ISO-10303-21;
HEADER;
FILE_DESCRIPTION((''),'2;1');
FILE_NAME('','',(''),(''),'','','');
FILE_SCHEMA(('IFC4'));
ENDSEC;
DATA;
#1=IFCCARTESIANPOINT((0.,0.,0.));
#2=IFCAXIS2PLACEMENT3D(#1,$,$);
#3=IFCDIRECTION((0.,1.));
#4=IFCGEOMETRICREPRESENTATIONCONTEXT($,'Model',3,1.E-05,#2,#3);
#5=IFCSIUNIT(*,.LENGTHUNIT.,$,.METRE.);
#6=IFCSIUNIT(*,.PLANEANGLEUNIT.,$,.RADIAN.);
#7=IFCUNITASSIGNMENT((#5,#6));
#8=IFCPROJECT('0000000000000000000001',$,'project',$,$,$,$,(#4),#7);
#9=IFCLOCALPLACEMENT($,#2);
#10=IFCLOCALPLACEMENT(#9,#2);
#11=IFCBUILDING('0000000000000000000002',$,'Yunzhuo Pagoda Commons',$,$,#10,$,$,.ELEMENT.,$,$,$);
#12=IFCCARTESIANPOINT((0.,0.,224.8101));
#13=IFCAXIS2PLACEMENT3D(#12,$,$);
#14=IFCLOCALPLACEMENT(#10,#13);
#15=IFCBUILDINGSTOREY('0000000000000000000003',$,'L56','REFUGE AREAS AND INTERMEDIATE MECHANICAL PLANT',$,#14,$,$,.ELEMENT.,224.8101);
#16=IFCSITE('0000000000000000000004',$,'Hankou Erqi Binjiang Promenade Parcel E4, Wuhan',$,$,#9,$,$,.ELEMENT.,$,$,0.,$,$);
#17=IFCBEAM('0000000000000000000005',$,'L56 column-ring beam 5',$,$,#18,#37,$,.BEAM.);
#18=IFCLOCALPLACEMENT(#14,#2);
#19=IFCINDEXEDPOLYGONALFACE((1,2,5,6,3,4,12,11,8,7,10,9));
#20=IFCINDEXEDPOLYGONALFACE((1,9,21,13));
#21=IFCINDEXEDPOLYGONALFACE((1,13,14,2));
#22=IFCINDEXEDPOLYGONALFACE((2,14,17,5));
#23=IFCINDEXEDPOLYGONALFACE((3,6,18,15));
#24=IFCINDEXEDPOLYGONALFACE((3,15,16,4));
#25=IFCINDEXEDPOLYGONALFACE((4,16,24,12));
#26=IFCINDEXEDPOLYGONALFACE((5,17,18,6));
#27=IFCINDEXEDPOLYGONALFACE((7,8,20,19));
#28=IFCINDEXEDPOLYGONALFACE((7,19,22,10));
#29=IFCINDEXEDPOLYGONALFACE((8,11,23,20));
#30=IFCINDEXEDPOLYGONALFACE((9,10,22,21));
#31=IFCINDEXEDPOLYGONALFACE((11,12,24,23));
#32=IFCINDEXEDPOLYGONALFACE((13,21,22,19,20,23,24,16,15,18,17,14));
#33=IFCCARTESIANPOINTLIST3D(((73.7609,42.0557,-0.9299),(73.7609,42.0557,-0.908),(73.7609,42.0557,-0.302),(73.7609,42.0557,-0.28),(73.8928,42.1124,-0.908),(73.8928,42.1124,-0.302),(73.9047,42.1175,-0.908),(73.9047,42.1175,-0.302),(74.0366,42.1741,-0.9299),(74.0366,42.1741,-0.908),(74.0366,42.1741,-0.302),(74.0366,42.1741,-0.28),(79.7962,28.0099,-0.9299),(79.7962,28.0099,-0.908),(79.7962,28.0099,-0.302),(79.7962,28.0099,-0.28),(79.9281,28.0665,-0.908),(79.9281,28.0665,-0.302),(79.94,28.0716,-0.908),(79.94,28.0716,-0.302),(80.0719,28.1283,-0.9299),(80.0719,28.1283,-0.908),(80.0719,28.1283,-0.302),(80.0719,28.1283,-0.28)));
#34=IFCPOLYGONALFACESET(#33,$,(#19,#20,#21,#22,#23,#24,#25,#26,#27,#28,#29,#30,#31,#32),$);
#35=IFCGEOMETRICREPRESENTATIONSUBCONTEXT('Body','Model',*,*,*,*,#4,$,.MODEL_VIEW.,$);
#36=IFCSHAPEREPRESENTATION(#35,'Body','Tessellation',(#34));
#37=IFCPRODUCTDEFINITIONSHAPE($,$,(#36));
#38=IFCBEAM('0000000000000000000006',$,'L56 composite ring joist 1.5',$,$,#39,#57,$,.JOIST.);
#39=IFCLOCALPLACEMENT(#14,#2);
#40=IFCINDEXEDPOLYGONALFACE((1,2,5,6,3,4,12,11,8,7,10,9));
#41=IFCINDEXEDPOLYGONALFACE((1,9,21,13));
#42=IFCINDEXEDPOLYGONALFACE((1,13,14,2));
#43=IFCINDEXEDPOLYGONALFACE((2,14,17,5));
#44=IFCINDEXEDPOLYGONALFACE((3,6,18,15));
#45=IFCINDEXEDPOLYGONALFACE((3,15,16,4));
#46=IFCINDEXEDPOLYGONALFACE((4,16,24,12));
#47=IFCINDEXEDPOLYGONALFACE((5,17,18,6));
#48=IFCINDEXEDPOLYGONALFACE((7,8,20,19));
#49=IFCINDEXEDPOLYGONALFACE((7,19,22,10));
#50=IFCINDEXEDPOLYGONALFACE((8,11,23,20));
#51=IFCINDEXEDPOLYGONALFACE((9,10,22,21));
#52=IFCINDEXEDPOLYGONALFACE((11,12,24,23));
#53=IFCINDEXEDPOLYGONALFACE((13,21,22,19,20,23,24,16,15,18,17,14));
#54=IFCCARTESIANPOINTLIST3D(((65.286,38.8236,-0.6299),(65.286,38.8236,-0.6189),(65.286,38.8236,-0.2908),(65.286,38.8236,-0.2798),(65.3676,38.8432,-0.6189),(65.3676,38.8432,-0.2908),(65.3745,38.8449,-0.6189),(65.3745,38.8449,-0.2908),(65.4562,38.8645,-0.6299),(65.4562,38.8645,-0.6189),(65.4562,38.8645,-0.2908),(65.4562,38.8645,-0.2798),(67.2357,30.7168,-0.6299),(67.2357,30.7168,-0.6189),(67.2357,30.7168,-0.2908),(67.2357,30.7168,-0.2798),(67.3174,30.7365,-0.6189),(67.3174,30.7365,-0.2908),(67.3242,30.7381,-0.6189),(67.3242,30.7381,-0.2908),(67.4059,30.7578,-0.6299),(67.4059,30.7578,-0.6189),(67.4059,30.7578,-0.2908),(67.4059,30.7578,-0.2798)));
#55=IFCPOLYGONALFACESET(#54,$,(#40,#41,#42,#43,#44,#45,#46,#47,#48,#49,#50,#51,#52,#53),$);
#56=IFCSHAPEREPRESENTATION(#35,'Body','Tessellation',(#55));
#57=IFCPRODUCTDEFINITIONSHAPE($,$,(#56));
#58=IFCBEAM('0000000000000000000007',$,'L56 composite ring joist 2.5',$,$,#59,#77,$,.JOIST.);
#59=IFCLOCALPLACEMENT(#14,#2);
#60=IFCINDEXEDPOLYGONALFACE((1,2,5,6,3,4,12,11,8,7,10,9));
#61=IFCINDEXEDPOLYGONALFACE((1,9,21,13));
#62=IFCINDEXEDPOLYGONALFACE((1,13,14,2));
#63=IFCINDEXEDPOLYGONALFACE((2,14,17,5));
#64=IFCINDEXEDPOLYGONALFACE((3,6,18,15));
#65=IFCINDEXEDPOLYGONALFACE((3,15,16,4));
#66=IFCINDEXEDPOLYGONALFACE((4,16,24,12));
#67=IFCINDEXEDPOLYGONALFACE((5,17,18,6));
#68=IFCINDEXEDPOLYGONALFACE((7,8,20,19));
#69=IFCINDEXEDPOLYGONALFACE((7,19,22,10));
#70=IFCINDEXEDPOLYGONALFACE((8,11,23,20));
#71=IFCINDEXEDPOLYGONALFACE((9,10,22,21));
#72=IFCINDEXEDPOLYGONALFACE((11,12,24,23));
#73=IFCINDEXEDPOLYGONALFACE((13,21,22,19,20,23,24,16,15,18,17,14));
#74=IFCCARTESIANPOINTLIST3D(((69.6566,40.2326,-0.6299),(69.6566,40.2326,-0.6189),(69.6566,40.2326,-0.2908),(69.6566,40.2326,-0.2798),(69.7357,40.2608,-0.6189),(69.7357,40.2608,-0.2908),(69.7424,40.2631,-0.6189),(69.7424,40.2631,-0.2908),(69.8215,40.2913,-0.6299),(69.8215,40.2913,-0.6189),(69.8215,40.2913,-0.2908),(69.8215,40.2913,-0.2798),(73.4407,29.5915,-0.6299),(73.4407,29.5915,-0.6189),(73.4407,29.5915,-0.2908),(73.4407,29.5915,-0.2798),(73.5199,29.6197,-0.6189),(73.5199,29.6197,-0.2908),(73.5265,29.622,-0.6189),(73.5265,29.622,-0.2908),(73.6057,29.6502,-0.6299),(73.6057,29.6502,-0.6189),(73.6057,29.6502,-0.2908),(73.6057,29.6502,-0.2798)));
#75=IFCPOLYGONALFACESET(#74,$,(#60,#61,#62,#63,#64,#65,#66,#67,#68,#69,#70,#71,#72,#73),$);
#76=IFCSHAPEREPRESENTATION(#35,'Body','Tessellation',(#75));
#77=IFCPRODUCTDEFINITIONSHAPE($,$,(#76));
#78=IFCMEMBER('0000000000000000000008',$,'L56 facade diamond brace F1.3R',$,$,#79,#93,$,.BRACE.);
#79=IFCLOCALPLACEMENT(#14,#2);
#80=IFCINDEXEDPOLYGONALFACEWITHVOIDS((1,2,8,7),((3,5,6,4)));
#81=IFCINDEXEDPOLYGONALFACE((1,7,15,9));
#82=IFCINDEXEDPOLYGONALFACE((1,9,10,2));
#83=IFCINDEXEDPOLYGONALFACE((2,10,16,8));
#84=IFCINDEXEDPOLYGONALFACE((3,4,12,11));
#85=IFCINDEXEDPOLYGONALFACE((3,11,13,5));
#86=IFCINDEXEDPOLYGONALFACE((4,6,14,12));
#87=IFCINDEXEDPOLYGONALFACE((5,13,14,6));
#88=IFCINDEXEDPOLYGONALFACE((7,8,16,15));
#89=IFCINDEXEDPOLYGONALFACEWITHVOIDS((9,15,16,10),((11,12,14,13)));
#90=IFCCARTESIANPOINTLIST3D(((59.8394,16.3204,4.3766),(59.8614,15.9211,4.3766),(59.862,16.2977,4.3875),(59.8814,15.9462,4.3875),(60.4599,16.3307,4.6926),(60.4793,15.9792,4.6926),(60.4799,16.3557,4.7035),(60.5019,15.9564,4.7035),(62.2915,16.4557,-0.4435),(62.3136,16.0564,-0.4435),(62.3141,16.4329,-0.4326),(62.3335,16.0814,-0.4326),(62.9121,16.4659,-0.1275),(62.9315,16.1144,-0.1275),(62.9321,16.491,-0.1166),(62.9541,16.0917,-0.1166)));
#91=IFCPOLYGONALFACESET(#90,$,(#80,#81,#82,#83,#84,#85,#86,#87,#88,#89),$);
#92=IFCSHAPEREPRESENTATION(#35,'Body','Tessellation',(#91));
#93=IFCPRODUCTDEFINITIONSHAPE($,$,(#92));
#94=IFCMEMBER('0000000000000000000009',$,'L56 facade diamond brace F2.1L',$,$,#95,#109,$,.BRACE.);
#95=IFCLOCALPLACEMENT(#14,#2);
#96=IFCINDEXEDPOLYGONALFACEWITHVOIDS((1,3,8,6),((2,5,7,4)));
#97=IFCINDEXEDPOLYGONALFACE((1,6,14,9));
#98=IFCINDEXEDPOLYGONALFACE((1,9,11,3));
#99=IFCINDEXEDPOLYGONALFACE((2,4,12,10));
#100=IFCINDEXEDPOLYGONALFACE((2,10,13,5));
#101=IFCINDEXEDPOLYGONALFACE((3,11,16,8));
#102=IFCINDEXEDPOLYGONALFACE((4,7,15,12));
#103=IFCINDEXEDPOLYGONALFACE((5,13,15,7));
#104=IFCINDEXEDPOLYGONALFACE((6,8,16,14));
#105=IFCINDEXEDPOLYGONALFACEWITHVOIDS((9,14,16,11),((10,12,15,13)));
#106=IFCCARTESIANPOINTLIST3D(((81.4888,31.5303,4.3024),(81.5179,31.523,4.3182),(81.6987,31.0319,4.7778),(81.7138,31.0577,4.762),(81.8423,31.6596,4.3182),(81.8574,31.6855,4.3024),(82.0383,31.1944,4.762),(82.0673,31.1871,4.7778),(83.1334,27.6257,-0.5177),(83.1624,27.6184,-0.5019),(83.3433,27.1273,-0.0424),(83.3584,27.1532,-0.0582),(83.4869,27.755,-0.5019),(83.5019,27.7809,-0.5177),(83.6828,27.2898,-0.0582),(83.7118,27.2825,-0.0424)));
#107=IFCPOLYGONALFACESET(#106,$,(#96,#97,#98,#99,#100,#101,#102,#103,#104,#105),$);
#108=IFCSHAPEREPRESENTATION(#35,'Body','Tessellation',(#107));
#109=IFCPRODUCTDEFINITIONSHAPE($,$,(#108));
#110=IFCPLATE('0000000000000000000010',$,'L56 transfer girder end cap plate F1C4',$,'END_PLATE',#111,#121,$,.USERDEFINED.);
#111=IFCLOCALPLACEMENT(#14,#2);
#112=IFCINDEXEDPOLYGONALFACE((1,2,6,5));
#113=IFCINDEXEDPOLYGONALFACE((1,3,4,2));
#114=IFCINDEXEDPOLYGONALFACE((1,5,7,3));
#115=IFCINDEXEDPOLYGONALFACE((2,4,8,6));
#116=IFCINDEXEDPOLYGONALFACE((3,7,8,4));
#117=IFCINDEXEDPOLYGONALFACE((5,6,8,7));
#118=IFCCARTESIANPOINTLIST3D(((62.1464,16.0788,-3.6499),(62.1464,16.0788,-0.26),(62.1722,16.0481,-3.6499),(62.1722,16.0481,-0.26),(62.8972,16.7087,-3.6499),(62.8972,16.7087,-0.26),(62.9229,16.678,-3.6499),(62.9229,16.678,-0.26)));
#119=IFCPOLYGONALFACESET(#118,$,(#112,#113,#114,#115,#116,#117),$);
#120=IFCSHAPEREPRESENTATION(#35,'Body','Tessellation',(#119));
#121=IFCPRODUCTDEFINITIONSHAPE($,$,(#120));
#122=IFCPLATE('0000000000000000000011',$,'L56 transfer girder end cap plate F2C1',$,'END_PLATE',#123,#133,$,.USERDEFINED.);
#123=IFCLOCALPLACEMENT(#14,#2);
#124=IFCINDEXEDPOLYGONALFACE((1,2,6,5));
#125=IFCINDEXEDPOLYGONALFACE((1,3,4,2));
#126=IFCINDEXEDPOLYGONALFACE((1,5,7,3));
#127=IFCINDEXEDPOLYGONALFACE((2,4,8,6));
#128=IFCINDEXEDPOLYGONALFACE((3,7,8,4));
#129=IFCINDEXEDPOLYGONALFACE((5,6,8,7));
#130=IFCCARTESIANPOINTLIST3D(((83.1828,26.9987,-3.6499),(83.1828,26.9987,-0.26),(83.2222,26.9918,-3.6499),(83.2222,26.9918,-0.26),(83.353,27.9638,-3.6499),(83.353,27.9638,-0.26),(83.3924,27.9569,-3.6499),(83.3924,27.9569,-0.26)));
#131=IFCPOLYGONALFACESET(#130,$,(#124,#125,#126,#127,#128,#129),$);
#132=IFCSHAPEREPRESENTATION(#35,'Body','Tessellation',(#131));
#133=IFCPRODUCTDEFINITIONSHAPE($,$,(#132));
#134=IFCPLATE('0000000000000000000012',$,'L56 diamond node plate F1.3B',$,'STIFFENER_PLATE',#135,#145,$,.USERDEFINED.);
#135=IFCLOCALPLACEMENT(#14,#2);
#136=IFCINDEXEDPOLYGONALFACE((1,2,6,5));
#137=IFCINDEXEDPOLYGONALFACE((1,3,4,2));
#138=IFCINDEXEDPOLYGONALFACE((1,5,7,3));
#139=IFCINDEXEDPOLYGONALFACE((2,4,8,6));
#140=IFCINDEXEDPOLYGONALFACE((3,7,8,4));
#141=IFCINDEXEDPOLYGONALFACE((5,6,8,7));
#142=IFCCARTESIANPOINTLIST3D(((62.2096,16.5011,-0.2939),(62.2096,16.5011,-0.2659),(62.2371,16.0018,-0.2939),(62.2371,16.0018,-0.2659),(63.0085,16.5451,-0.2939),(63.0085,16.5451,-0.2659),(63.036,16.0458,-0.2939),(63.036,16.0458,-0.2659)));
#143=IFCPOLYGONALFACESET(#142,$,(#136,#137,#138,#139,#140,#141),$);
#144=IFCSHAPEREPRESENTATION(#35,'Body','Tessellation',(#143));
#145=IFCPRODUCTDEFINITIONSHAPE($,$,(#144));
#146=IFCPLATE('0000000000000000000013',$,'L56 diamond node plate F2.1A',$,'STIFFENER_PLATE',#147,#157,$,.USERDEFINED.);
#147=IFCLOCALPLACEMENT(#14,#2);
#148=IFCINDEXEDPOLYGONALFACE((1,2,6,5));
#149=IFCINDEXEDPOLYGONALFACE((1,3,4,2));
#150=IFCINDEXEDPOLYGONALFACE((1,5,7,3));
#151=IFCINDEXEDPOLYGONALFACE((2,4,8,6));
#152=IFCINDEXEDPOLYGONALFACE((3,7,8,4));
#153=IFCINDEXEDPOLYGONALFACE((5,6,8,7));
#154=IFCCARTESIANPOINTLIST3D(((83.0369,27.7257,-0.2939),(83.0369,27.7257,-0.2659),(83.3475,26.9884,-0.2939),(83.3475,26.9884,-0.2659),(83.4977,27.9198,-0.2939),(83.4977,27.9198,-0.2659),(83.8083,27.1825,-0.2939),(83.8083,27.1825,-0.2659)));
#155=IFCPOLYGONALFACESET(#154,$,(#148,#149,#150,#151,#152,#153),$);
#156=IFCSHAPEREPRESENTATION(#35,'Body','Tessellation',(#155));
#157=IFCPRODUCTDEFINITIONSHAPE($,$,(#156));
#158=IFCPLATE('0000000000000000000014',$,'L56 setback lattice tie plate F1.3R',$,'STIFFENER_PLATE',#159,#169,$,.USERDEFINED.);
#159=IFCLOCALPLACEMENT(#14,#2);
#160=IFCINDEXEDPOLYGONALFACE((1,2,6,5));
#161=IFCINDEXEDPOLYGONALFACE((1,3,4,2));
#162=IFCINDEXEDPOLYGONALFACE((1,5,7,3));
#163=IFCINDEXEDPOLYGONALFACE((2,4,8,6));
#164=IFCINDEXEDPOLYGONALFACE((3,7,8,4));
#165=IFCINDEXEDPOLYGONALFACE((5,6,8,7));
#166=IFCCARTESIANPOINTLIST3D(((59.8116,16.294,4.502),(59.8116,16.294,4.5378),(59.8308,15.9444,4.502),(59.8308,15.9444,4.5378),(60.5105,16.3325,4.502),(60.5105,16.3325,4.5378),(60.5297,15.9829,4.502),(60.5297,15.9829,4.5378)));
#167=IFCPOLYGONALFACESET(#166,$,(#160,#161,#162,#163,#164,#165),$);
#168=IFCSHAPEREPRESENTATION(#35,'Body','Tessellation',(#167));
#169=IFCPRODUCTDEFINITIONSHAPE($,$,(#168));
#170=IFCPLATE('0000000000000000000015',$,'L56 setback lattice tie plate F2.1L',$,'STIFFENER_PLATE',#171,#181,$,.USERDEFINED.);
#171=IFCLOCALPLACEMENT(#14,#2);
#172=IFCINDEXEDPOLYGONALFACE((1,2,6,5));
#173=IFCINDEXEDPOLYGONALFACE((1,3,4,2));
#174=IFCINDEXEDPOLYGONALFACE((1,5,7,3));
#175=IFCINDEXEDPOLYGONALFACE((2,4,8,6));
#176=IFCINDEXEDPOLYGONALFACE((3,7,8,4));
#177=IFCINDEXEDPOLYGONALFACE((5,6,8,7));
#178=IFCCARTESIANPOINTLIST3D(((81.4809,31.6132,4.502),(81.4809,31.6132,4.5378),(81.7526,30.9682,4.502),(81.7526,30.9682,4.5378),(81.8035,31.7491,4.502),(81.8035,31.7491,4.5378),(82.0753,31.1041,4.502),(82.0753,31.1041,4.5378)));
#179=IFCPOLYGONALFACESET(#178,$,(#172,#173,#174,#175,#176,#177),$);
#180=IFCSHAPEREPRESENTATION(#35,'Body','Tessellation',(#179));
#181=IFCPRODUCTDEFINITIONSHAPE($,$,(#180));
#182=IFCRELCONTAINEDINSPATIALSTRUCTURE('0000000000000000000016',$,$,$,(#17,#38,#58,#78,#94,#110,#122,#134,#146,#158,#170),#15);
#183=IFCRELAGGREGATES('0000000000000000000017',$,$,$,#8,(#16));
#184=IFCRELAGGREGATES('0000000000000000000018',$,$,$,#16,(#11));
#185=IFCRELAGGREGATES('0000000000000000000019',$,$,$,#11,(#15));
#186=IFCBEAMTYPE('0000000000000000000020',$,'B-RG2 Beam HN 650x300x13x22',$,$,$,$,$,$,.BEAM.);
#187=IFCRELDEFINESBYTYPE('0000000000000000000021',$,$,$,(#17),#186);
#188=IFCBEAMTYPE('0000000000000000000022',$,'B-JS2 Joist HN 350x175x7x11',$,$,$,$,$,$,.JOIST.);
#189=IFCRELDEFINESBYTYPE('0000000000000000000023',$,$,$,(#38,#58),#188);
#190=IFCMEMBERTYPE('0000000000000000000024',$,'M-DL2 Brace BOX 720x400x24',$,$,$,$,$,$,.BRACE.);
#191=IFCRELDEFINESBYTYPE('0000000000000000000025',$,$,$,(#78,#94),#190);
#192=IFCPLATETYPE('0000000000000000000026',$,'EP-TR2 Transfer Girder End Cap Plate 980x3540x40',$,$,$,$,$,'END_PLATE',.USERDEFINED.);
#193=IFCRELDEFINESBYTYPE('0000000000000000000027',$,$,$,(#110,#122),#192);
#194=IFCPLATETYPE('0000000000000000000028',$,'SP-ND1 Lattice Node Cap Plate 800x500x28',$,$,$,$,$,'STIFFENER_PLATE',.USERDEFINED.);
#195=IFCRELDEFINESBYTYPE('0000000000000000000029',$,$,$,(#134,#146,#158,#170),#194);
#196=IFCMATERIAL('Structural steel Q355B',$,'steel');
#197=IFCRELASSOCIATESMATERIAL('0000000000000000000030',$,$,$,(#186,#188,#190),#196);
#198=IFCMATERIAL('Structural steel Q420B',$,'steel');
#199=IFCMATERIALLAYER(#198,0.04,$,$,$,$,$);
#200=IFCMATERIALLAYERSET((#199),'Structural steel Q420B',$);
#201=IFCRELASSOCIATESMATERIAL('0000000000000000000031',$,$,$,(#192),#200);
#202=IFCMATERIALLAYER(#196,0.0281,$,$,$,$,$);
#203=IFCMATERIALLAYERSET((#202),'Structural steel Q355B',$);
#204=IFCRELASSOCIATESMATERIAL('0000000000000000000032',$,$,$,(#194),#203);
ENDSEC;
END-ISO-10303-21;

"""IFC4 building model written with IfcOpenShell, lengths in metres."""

from ifc_helpers import new_model, si_unit, direction, frame, origin, origin_2d, place, context, subcontext, project, spatial, rectangle, hollow_rectangle, i_section, extrude, source, transform, mapped, material, layer, layer_set, material_profile, profile_set, type_object, element, save


model = new_model("IFC4")

# Units and contexts
model_context = context("Model", 3, precision=1e-05, world=origin(), true_north=direction((0.0, 1.0)))
body_context = subcontext(model_context, "Body", "Model", "MODEL_VIEW")
ifc_project = project(units=[si_unit("LENGTHUNIT", "METRE"), si_unit("PLANEANGLEUNIT", "RADIAN")], contexts=[model_context])

# Site, building, storey
site_placement = place(None, origin())
site = spatial("IfcSite", under=ifc_project, at=site_placement, Name="Hankou Erqi Binjiang Promenade Parcel E4, Wuhan", CompositionType="ELEMENT", RefElevation=0.0)
building_placement = place(site_placement, origin())
building = spatial("IfcBuilding", under=site, at=building_placement, Name="Yunzhuo Pagoda Commons", CompositionType="ELEMENT")
storey_placement = place(building_placement, frame((0.0, 0.0, 224.8101)))
storey = spatial("IfcBuildingStorey", under=building, at=storey_placement, Name="L56", Description="REFUGE AREAS AND INTERMEDIATE MECHANICAL PLANT", CompositionType="ELEMENT", Elevation=224.8101)

# Shared definitions
ifc_material_1 = material(Name="Structural steel Q420B", Category="steel")
ifc_material_2 = material(Name="Structural steel Q355B", Category="steel")

# Beams
ifc_material_profile_1 = material_profile(ifc_material_2, i_section(OverallWidth=0.3, OverallDepth=0.6499, WebThickness=0.0129, FlangeThickness=0.022, at=origin_2d()), Name="Structural steel Q355B")
ifc_profile_set_1 = profile_set([ifc_material_profile_1], Name="Structural steel Q355B")
beam_type_1 = type_object("IfcBeamType", Name="B-RG2 Beam HN 650x300x13x22", PredefinedType="BEAM", material=ifc_profile_set_1)
ifc_material_profile_2 = material_profile(ifc_material_2, i_section(OverallWidth=0.175, OverallDepth=0.3501, WebThickness=0.0071, FlangeThickness=0.011, at=origin_2d()), Name="Structural steel Q355B")
ifc_profile_set_2 = profile_set([ifc_material_profile_2], Name="Structural steel Q355B")
beam_type_2 = type_object("IfcBeamType", Name="B-JS2 Joist HN 350x175x7x11", PredefinedType="JOIST", material=ifc_profile_set_2)
shared_shape_1 = source(origin(), body_context, "Body", "SweptSolid", [
    extrude(i_section(OverallWidth=0.3, OverallDepth=0.6499, WebThickness=0.0129, FlangeThickness=0.022, at=origin_2d()), origin(), (0.0, 0.0, 1.0), 15.2876),
])
beam_1_placement = place(storey_placement, frame((79.9341, 28.0691, -0.605), z_axis=(-0.394788, 0.918772, 0.0), x_axis=(-0.918772, -0.394788, 0.0)))
element("IfcBeam", 1, at=beam_1_placement, inside=storey, type_object=beam_type_1, Name="L56 column-ring beam 5", PredefinedType="BEAM", context=body_context, shape_type="MappedRepresentation", body=[
    mapped(shared_shape_1, transform((0.0, 0.0, 0.0), scale=1.0)),
])
shared_shape_2 = source(origin(), body_context, "Body", "SweptSolid", [
    extrude(i_section(OverallWidth=0.175, OverallDepth=0.3501, WebThickness=0.0071, FlangeThickness=0.011, at=origin_2d()), origin(), (0.0, 0.0, 1.0), 8.3379),
])
beam_2_placement = place(storey_placement, frame((67.3208, 30.7373, -0.4548), z_axis=(-0.233838, 0.972276, 0.0), x_axis=(-0.972276, -0.233838, 0.0)))
element("IfcBeam", 2, at=beam_2_placement, inside=storey, type_object=beam_type_2, Name="L56 composite ring joist 1.5", PredefinedType="JOIST", context=body_context, shape_type="MappedRepresentation", body=[
    mapped(shared_shape_2, transform((0.0, 0.0, 0.0), scale=1.0)),
])
shared_shape_3 = source(origin(), body_context, "Body", "SweptSolid", [
    extrude(i_section(OverallWidth=0.175, OverallDepth=0.3501, WebThickness=0.0071, FlangeThickness=0.011, at=origin_2d()), origin(), (0.0, 0.0, 1.0), 11.2939),
])
beam_3_placement = place(storey_placement, frame((73.5232, 29.6208, -0.4548), z_axis=(-0.335063, 0.942196, 0.0), x_axis=(-0.942196, -0.335063, 0.0)))
element("IfcBeam", 3, at=beam_3_placement, inside=storey, type_object=beam_type_2, Name="L56 composite ring joist 2.5", PredefinedType="JOIST", context=body_context, shape_type="MappedRepresentation", body=[
    mapped(shared_shape_3, transform((0.0, 0.0, 0.0), scale=1.0)),
])

# Members
ifc_material_profile_3 = material_profile(ifc_material_2, hollow_rectangle(XDim=0.3999, YDim=0.72, WallThickness=0.0239, at=origin_2d()), Name="Structural steel Q355B")
ifc_profile_set_3 = profile_set([ifc_material_profile_3], Name="Structural steel Q355B")
member_type = type_object("IfcMemberType", Name="M-DL2 Brace BOX 720x400x24", PredefinedType="BRACE", material=ifc_profile_set_3)
shared_shape_4 = source(origin(), body_context, "Body", "SweptSolid", [
    extrude(hollow_rectangle(XDim=0.3999, YDim=0.72, WallThickness=0.0239, at=origin_2d()), origin(), (0.0, 0.0, 1.0), 5.4097),
])
member_1_placement = place(storey_placement, frame((62.6228, 16.2737, -0.28), z_axis=(-0.453291, -0.025002, 0.891012), x_axis=(0.055074, -0.998482, 0.0)))
element("IfcMember", 4, at=member_1_placement, inside=storey, type_object=member_type, Name="L56 facade diamond brace F1.3R", PredefinedType="BRACE", context=body_context, shape_type="MappedRepresentation", body=[
    mapped(shared_shape_4, transform((0.0, 0.0, 0.0), scale=1.0)),
])
shared_shape_5 = source(origin(), body_context, "Body", "SweptSolid", [
    extrude(hollow_rectangle(XDim=0.3999, YDim=0.72, WallThickness=0.0239, at=origin_2d()), origin(), (0.0, 0.0, 1.0), 6.4175),
])
member_2_placement = place(storey_placement, frame((83.4226, 27.4541, -0.28), z_axis=(-0.256261, 0.608431, 0.751094), x_axis=(-0.921592, -0.38816, 0.0)))
element("IfcMember", 5, at=member_2_placement, inside=storey, type_object=member_type, Name="L56 facade diamond brace F2.1L", PredefinedType="BRACE", context=body_context, shape_type="MappedRepresentation", body=[
    mapped(shared_shape_5, transform((0.0, 0.0, 0.0), scale=1.0)),
])

# Plates
ifc_layer_1 = layer(ifc_material_1, 0.04)
ifc_layer_set_1 = layer_set([ifc_layer_1], Name="Structural steel Q420B")
plate_type_1 = type_object("IfcPlateType", Name="EP-TR2 Transfer Girder End Cap Plate 980x3540x40", ElementType="END_PLATE", PredefinedType="USERDEFINED", material=ifc_layer_set_1)
shared_shape_6 = source(origin(), body_context, "Body", "SweptSolid", [
    extrude(rectangle(XDim=0.98, YDim=0.04, at=origin_2d()), origin(), (0.0, 0.0, 1.0), 3.3899),
])
for number, where, z_axis, x_axis, name in (
    (6, (62.5347, 16.3784, -3.6499), (0.0, 0.0, 1.0), (0.766044, 0.642788, 0.0), "L56 transfer girder end cap plate F1C4"),
    (7, (83.2876, 27.4778, -3.6499), (0.0, 0.0, 1.0), (0.173648, 0.984808, 0.0), "L56 transfer girder end cap plate F2C1"),
):
    element("IfcPlate", number, at=place(storey_placement, frame(where, z_axis=z_axis, x_axis=x_axis)), inside=storey, type_object=plate_type_1, Name=name, ObjectType="END_PLATE", PredefinedType="USERDEFINED", context=body_context, shape_type="MappedRepresentation", body=[
        mapped(shared_shape_6, transform((0.0, 0.0, 0.0), scale=1.0)),
    ])
ifc_layer_2 = layer(ifc_material_2, 0.0281)
ifc_layer_set_2 = layer_set([ifc_layer_2], Name="Structural steel Q355B")
plate_type_2 = type_object("IfcPlateType", Name="SP-ND1 Lattice Node Cap Plate 800x500x28", ElementType="STIFFENER_PLATE", PredefinedType="USERDEFINED", material=ifc_layer_set_2)
shared_shape_7 = source(origin(), body_context, "Body", "SweptSolid", [
    extrude(rectangle(XDim=0.8, YDim=0.5, at=origin_2d()), origin(), (0.0, 0.0, 1.0), 0.0281),
])
for number, where, z_axis, x_axis, name in (
    (8, (62.6228, 16.2734, -0.2939), (0.0, 0.0, 1.0), (0.998487, 0.054985, 0.0), "L56 diamond node plate F1.3B"),
    (9, (83.4226, 27.4541, -0.2939), (0.0, 0.0, 1.0), (-0.388175, 0.921586, 0.0), "L56 diamond node plate F2.1A"),
):
    element("IfcPlate", number, at=place(storey_placement, frame(where, z_axis=z_axis, x_axis=x_axis)), inside=storey, type_object=plate_type_2, Name=name, ObjectType="STIFFENER_PLATE", PredefinedType="USERDEFINED", context=body_context, shape_type="MappedRepresentation", body=[
        mapped(shared_shape_7, transform((0.0, 0.0, 0.0), scale=1.0)),
    ])
shared_shape_8 = source(origin(), body_context, "Body", "SweptSolid", [
    extrude(rectangle(XDim=0.7, YDim=0.3501, at=origin_2d()), origin(), (0.0, 0.0, 1.0), 0.0359),
])
for number, where, z_axis, x_axis, name in (
    (10, (60.1707, 16.1384, 4.502), (0.0, 0.0, 1.0), (0.998487, 0.054985, 0.0), "L56 setback lattice tie plate F1.3R"),
    (11, (81.7781, 31.3586, 4.502), (0.0, 0.0, 1.0), (-0.388175, 0.921586, 0.0), "L56 setback lattice tie plate F2.1L"),
):
    element("IfcPlate", number, at=place(storey_placement, frame(where, z_axis=z_axis, x_axis=x_axis)), inside=storey, type_object=plate_type_2, Name=name, ObjectType="STIFFENER_PLATE", PredefinedType="USERDEFINED", context=body_context, shape_type="MappedRepresentation", body=[
        mapped(shared_shape_8, transform((0.0, 0.0, 0.0), scale=1.0)),
    ])

save(model, "model.ifc")
